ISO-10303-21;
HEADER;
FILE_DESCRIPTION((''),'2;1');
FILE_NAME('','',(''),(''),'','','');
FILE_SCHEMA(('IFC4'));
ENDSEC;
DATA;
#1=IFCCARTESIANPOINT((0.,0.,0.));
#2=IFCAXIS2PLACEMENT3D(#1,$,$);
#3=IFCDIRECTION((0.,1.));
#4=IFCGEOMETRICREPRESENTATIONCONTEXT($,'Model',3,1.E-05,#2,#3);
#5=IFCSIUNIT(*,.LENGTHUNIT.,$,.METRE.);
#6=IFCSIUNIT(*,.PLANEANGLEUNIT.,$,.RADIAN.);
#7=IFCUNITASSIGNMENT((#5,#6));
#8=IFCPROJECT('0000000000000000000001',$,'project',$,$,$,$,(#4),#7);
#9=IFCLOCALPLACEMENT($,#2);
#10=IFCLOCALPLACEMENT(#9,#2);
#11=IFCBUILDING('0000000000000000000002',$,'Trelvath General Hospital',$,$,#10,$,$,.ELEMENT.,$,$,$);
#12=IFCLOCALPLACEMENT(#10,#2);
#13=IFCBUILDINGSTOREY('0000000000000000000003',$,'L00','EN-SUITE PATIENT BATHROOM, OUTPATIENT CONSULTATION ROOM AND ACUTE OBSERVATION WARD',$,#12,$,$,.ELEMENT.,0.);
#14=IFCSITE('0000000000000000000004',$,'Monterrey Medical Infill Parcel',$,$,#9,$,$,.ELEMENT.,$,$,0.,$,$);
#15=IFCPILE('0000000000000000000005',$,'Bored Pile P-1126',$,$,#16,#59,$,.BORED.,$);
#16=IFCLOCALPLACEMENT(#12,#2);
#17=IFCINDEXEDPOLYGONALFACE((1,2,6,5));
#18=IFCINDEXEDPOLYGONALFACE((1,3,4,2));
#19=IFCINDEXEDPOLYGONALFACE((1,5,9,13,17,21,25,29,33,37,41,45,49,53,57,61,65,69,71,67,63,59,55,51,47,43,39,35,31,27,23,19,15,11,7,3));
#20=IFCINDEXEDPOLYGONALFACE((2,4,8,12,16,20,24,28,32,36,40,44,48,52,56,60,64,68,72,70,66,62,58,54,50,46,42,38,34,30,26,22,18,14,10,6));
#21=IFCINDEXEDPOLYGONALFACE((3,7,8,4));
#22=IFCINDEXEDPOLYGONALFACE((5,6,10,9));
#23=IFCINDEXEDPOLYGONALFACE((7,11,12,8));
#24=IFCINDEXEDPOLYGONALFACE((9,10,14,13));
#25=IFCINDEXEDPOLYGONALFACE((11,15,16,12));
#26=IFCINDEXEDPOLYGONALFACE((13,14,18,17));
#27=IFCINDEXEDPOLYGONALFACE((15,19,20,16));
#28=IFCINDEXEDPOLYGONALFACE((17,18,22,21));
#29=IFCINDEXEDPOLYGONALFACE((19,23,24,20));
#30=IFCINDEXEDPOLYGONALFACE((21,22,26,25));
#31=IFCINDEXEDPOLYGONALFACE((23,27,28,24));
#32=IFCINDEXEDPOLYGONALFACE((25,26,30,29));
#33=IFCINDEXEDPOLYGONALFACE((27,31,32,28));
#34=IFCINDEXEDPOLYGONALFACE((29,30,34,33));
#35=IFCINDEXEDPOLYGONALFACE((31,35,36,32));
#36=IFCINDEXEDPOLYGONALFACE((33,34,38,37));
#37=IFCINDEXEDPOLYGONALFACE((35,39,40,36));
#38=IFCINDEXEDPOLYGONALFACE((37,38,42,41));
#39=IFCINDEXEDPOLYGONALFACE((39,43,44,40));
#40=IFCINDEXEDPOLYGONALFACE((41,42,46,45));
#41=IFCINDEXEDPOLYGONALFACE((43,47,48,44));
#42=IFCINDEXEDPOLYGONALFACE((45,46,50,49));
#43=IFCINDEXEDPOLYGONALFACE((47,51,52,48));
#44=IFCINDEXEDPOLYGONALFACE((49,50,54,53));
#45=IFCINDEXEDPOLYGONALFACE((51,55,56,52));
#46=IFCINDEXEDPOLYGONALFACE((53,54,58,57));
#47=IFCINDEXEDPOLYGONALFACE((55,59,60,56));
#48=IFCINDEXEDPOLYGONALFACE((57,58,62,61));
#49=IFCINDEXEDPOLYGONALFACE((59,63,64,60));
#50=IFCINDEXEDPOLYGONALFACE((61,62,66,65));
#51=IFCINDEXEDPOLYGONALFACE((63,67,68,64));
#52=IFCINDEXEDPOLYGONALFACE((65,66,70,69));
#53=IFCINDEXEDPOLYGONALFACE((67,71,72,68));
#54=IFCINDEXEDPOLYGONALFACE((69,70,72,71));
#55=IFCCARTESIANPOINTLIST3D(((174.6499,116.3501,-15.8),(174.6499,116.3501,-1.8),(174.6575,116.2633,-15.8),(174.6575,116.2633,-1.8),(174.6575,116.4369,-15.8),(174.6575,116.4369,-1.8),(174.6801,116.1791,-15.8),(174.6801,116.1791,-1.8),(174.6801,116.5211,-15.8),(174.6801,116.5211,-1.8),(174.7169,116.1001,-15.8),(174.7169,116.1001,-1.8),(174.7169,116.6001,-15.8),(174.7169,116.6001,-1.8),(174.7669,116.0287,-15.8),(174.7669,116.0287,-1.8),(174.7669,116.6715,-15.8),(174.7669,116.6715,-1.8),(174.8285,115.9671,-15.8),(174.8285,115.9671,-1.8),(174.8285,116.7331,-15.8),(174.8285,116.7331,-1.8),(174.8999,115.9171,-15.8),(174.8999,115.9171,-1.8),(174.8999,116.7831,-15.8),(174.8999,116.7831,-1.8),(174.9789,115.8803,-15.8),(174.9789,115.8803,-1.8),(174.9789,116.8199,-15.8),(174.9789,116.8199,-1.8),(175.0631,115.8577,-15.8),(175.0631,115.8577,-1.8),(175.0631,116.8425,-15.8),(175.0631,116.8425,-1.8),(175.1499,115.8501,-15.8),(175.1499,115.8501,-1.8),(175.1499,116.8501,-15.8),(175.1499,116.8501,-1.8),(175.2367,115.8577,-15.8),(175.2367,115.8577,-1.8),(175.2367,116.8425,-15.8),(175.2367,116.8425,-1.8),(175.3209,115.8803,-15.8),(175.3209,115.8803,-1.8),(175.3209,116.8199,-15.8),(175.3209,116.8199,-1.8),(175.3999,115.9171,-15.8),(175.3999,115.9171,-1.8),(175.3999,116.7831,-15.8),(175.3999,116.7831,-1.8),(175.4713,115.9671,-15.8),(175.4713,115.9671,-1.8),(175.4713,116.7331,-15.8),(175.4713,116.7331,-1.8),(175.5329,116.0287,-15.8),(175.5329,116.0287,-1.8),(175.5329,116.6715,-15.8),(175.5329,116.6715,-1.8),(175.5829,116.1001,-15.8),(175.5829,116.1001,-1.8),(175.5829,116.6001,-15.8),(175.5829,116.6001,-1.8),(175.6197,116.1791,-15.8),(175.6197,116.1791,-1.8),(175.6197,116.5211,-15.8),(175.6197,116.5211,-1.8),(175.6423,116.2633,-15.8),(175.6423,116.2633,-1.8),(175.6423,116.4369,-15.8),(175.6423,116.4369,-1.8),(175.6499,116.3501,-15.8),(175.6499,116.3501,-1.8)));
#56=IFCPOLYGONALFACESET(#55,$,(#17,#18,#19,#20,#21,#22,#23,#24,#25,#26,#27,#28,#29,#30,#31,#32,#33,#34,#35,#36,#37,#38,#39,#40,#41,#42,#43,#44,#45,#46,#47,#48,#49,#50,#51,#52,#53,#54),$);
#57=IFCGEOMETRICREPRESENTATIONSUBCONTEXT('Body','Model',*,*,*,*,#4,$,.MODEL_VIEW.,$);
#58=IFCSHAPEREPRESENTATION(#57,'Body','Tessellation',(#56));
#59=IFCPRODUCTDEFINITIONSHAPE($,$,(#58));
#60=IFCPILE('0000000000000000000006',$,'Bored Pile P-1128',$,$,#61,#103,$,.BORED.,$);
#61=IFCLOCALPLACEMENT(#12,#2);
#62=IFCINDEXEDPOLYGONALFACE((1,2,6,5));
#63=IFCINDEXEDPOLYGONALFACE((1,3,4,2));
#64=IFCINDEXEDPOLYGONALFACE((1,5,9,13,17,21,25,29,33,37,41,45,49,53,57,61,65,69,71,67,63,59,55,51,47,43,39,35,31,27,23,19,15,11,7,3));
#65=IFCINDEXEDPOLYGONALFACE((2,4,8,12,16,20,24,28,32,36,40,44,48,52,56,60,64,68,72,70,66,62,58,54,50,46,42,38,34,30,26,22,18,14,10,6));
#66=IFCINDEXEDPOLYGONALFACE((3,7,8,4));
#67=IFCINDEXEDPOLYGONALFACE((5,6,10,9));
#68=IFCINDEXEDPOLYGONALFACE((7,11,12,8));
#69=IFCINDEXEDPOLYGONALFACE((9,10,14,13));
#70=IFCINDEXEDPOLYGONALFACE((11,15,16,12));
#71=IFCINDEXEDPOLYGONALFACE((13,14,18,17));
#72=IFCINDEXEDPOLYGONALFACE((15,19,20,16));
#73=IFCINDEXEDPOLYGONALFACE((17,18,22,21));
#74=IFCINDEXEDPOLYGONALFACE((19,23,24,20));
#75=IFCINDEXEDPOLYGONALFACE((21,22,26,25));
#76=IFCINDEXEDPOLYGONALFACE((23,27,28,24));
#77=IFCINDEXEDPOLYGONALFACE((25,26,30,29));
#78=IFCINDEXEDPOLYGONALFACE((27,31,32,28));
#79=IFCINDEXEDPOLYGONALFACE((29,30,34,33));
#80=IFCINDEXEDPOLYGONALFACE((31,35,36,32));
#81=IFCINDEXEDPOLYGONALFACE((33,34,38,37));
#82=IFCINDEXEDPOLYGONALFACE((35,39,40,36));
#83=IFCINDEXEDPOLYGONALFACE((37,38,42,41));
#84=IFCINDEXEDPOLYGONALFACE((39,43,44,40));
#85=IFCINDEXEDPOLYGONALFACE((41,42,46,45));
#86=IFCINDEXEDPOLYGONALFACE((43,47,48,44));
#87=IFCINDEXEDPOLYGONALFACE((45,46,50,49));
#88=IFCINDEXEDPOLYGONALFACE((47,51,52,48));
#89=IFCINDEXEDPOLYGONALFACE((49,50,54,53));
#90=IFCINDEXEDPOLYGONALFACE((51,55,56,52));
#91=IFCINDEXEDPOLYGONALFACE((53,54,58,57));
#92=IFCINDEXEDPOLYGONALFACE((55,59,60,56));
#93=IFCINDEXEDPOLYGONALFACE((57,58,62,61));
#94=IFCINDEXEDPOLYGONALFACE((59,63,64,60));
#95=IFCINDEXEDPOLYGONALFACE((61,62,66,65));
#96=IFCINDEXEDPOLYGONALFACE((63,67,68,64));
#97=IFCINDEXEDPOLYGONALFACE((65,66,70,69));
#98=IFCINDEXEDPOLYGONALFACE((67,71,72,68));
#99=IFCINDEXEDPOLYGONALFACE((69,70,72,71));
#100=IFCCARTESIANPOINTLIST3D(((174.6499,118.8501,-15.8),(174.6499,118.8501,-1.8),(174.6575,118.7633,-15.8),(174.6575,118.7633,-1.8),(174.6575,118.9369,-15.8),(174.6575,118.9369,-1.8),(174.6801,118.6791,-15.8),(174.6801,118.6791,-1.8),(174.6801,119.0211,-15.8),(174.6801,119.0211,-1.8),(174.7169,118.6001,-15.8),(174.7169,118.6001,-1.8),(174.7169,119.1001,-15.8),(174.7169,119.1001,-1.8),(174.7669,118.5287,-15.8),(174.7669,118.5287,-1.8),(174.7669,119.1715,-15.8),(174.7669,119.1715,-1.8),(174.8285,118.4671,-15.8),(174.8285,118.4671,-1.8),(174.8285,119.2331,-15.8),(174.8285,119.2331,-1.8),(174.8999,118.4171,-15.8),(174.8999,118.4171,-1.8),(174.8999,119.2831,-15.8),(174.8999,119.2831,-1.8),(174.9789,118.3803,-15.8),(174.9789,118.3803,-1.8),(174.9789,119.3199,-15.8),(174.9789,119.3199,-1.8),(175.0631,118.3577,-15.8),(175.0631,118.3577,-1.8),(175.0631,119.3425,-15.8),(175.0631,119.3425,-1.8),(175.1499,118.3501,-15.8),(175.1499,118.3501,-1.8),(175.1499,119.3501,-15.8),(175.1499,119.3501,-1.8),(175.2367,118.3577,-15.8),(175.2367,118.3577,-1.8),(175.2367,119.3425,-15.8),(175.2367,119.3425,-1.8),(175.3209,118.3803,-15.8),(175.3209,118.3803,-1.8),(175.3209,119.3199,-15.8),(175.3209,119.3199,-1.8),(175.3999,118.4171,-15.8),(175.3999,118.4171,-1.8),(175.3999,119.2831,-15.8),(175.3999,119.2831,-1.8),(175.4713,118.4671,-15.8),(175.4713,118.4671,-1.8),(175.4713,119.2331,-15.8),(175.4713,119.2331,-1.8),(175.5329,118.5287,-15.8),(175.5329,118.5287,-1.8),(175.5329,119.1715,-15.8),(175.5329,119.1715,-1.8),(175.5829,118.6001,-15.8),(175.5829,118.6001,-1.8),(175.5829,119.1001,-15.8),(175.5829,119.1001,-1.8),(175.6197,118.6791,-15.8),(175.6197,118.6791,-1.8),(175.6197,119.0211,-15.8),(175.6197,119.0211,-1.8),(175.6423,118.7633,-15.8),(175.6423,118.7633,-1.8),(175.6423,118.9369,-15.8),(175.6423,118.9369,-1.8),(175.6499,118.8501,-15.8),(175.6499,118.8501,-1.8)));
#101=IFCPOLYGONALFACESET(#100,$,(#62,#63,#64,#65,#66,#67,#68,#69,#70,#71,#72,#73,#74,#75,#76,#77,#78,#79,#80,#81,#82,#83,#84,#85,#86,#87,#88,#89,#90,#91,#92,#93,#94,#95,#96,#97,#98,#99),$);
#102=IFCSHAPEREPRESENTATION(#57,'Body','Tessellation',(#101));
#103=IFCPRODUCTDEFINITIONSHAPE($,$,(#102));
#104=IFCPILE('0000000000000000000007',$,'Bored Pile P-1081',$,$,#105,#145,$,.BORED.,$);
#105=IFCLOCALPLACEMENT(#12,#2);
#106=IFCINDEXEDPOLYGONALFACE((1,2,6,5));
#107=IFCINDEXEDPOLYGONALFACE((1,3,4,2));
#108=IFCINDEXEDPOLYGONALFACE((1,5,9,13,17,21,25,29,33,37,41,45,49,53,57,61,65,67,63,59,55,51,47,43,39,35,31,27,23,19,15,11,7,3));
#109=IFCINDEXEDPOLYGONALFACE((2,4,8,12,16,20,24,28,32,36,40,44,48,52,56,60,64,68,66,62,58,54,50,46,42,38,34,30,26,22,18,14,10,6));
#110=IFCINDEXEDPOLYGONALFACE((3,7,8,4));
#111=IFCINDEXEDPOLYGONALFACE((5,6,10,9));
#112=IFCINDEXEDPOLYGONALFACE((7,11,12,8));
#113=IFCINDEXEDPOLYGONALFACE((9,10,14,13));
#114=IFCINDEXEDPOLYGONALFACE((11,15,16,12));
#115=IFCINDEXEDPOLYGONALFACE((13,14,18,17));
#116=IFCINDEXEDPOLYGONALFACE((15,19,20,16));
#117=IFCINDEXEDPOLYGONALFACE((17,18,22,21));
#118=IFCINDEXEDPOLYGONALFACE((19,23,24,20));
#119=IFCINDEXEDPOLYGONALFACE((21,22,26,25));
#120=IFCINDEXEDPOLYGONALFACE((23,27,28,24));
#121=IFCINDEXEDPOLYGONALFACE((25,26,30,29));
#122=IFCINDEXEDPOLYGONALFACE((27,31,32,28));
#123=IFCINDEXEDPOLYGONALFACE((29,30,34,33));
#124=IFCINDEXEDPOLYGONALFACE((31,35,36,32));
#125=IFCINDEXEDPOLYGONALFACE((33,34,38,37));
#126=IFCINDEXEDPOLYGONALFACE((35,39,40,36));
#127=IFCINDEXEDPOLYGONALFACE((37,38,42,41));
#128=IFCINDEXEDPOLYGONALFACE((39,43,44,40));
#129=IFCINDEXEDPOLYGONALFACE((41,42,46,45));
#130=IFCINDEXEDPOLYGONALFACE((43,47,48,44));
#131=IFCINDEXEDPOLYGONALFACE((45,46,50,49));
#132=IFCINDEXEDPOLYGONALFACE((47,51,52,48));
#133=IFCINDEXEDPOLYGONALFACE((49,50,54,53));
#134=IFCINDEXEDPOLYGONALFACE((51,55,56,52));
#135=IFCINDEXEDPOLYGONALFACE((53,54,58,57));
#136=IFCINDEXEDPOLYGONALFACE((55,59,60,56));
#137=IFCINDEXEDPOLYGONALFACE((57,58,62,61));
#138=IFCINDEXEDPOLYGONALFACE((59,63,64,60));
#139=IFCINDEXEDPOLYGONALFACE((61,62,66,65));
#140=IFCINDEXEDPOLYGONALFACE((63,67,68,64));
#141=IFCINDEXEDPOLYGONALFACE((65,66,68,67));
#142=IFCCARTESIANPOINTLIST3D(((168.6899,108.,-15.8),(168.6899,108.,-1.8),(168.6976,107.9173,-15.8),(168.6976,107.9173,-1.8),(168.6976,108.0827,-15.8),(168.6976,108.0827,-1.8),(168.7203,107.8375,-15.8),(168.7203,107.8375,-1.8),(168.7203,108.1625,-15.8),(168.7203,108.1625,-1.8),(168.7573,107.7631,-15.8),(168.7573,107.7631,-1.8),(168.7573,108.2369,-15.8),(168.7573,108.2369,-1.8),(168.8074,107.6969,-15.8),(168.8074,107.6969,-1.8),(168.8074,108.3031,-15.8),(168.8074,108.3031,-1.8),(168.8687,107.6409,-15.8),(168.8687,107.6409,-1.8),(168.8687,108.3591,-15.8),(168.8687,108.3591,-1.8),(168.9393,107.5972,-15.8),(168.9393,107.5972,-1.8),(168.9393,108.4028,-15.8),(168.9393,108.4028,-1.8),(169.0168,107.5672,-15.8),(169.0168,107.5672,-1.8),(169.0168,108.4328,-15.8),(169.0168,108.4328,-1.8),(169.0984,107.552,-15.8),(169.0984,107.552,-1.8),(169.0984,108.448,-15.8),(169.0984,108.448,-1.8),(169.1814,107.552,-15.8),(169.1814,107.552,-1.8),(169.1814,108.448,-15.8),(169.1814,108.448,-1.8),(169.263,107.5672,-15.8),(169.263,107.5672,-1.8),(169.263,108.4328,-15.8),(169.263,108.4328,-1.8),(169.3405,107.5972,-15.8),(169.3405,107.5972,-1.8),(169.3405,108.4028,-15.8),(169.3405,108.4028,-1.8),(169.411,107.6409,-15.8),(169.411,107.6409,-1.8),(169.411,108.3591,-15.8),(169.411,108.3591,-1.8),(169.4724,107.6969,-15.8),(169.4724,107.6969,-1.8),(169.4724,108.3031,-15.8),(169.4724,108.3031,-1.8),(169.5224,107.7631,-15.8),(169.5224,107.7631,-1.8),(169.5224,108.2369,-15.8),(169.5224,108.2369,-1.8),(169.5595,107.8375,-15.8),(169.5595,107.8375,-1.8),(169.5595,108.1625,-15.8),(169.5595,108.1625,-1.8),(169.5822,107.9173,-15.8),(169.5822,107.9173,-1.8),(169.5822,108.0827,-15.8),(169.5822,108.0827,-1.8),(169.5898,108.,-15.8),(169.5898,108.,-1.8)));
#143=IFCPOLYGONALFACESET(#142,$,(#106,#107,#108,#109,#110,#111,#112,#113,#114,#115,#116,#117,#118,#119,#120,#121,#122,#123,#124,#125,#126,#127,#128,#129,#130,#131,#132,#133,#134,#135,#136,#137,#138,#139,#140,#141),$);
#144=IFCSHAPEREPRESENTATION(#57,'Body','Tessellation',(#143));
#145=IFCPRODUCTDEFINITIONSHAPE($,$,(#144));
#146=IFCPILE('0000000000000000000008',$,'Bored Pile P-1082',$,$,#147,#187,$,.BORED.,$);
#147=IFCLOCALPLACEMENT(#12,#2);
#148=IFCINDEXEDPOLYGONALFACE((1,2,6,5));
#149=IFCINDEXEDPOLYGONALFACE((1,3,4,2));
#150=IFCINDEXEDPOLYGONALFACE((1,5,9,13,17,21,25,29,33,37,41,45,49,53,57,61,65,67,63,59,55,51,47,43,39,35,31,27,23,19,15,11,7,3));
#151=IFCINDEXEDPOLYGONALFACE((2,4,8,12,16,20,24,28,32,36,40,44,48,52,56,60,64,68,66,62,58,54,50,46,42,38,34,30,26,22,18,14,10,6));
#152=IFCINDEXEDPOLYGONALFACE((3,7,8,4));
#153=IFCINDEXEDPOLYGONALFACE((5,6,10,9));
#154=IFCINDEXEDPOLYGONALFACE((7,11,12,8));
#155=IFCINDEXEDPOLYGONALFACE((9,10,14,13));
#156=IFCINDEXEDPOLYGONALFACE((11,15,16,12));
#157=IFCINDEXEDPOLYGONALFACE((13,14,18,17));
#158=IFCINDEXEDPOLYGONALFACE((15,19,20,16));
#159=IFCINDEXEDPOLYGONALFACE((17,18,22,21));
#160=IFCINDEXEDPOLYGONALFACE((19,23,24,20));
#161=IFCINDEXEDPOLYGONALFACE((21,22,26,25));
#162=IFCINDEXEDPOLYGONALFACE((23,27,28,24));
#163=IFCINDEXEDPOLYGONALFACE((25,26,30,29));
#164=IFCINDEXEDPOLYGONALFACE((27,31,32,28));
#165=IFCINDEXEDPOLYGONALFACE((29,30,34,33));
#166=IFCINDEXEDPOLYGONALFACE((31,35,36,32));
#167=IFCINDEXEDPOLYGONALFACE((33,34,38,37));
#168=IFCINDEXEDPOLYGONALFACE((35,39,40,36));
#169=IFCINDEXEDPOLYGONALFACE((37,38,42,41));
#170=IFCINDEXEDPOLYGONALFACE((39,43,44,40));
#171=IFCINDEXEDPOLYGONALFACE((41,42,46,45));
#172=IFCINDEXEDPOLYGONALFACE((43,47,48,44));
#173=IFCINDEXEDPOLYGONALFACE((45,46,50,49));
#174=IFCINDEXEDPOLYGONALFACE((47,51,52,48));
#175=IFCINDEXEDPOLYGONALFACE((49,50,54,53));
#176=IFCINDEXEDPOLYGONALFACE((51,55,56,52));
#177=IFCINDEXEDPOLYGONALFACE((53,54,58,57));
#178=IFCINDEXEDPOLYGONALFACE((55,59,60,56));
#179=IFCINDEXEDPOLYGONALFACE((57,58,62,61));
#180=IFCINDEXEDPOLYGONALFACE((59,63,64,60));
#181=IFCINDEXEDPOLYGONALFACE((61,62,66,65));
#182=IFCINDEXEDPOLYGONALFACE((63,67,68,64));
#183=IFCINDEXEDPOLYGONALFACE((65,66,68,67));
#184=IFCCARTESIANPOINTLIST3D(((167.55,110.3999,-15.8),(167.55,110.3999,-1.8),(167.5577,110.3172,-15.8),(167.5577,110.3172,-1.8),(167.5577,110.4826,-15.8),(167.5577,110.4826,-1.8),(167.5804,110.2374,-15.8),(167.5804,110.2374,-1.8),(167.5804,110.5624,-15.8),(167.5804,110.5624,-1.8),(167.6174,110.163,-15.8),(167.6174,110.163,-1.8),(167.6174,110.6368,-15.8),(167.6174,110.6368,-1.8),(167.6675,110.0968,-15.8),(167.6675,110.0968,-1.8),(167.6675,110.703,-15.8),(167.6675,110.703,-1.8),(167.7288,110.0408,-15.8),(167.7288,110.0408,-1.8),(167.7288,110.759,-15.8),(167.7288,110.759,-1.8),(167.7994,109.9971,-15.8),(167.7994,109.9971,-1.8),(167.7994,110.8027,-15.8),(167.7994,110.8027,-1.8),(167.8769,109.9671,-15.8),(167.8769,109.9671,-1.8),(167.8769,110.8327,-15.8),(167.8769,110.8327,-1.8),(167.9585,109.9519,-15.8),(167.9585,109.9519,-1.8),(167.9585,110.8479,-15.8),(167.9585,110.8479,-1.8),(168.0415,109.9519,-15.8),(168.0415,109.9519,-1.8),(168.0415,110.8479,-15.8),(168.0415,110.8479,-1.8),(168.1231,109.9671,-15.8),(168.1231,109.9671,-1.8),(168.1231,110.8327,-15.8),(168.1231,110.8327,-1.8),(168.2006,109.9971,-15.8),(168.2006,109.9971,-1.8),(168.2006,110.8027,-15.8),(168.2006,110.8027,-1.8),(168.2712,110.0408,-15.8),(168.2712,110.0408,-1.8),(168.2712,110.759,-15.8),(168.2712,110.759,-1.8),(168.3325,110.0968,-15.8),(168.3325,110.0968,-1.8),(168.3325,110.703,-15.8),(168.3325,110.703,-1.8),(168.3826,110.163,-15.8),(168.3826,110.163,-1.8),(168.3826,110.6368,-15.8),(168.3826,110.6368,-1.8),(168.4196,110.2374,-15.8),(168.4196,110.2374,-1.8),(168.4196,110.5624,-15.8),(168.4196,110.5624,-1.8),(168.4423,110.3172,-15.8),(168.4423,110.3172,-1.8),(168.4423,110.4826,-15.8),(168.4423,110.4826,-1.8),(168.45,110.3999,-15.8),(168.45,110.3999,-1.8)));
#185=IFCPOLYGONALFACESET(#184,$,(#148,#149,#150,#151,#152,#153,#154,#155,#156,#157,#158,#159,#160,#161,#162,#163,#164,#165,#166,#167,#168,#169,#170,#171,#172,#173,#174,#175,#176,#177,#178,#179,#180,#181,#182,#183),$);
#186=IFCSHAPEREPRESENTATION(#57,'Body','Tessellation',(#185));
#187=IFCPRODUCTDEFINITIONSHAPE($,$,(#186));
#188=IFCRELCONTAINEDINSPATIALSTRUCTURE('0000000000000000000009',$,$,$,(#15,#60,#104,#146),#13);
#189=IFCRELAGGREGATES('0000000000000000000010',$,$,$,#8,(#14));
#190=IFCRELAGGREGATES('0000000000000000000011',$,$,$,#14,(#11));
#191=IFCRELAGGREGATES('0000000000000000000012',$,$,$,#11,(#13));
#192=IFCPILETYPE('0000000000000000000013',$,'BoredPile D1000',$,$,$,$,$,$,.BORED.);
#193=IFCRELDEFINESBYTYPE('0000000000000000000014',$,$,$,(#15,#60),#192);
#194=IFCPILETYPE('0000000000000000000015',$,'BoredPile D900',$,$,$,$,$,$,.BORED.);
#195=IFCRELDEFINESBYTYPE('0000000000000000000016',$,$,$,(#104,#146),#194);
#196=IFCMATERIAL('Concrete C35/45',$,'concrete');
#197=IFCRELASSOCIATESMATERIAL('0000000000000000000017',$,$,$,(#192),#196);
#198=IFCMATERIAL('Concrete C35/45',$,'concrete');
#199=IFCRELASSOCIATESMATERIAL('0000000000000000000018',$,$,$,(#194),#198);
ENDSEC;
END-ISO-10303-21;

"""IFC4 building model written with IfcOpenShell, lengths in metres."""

from ifc_helpers import new_model, si_unit, direction, frame, origin, origin_2d, place, context, subcontext, project, spatial, circle, extrude, material, material_profile, profile_set, type_object, element, save


model = new_model("IFC4")

# Units and contexts
model_context = context("Model", 3, precision=1e-05, world=origin(), true_north=direction((0.0, 1.0)))
body_context = subcontext(model_context, "Body", "Model", "MODEL_VIEW")
ifc_project = project(units=[si_unit("LENGTHUNIT", "METRE"), si_unit("PLANEANGLEUNIT", "RADIAN")], contexts=[model_context])

# Site, building, storey
site_placement = place(None, origin())
site = spatial("IfcSite", under=ifc_project, at=site_placement, Name="Monterrey Medical Infill Parcel", CompositionType="ELEMENT", RefElevation=0.0)
building_placement = place(site_placement, origin())
building = spatial("IfcBuilding", under=site, at=building_placement, Name="Trelvath General Hospital", CompositionType="ELEMENT")
storey_placement = place(building_placement, origin())
storey = spatial("IfcBuildingStorey", under=building, at=storey_placement, Name="L00", Description="EN-SUITE PATIENT BATHROOM, OUTPATIENT CONSULTATION ROOM AND ACUTE OBSERVATION WARD", CompositionType="ELEMENT", Elevation=0.0)

# Piles
ifc_material_1 = material(Name="Concrete C35/45", Category="concrete")
ifc_material_profile_1 = material_profile(ifc_material_1, circle(Radius=0.5, at=origin_2d()), Name="PILE1000")
ifc_profile_set_1 = profile_set([ifc_material_profile_1], Name="Concrete C35/45")
pile_type_1 = type_object("IfcPileType", Name="BoredPile D1000", PredefinedType="BORED", material=ifc_profile_set_1)
for number, where, z_axis, x_axis, name in (
    (1, (175.1499, 116.3501, -1.8), (0.0, 0.0, -1.0), (1.0, 0.0, 0.0), "Bored Pile P-1126"),
    (2, (175.1499, 118.8501, -1.8), (0.0, 0.0, -1.0), (1.0, 0.0, 0.0), "Bored Pile P-1128"),
):
    element("IfcPile", number, at=place(storey_placement, frame(where, z_axis=z_axis, x_axis=x_axis)), inside=storey, type_object=pile_type_1, Name=name, PredefinedType="BORED", context=body_context, shape_type="SweptSolid", body=[
        extrude(circle(Radius=0.5, at=origin_2d()), origin(), (0.0, 0.0, 1.0), 14.0),
    ])
ifc_material_2 = material(Name="Concrete C35/45", Category="concrete")
ifc_material_profile_2 = material_profile(ifc_material_2, circle(Radius=0.45, at=origin_2d()), Name="PILE900")
ifc_profile_set_2 = profile_set([ifc_material_profile_2], Name="Concrete C35/45")
pile_type_2 = type_object("IfcPileType", Name="BoredPile D900", PredefinedType="BORED", material=ifc_profile_set_2)
for number, where, z_axis, x_axis, name in (
    (3, (169.1399, 108.0, -1.8), (0.0, 0.0, -1.0), (1.0, 0.0, 0.0), "Bored Pile P-1081"),
    (4, (168.0, 110.3999, -1.8), (0.0, 0.0, -1.0), (1.0, 0.0, 0.0), "Bored Pile P-1082"),
):
    element("IfcPile", number, at=place(storey_placement, frame(where, z_axis=z_axis, x_axis=x_axis)), inside=storey, type_object=pile_type_2, Name=name, PredefinedType="BORED", context=body_context, shape_type="SweptSolid", body=[
        extrude(circle(Radius=0.45, at=origin_2d()), origin(), (0.0, 0.0, 1.0), 14.0),
    ])

save(model, "model.ifc")
